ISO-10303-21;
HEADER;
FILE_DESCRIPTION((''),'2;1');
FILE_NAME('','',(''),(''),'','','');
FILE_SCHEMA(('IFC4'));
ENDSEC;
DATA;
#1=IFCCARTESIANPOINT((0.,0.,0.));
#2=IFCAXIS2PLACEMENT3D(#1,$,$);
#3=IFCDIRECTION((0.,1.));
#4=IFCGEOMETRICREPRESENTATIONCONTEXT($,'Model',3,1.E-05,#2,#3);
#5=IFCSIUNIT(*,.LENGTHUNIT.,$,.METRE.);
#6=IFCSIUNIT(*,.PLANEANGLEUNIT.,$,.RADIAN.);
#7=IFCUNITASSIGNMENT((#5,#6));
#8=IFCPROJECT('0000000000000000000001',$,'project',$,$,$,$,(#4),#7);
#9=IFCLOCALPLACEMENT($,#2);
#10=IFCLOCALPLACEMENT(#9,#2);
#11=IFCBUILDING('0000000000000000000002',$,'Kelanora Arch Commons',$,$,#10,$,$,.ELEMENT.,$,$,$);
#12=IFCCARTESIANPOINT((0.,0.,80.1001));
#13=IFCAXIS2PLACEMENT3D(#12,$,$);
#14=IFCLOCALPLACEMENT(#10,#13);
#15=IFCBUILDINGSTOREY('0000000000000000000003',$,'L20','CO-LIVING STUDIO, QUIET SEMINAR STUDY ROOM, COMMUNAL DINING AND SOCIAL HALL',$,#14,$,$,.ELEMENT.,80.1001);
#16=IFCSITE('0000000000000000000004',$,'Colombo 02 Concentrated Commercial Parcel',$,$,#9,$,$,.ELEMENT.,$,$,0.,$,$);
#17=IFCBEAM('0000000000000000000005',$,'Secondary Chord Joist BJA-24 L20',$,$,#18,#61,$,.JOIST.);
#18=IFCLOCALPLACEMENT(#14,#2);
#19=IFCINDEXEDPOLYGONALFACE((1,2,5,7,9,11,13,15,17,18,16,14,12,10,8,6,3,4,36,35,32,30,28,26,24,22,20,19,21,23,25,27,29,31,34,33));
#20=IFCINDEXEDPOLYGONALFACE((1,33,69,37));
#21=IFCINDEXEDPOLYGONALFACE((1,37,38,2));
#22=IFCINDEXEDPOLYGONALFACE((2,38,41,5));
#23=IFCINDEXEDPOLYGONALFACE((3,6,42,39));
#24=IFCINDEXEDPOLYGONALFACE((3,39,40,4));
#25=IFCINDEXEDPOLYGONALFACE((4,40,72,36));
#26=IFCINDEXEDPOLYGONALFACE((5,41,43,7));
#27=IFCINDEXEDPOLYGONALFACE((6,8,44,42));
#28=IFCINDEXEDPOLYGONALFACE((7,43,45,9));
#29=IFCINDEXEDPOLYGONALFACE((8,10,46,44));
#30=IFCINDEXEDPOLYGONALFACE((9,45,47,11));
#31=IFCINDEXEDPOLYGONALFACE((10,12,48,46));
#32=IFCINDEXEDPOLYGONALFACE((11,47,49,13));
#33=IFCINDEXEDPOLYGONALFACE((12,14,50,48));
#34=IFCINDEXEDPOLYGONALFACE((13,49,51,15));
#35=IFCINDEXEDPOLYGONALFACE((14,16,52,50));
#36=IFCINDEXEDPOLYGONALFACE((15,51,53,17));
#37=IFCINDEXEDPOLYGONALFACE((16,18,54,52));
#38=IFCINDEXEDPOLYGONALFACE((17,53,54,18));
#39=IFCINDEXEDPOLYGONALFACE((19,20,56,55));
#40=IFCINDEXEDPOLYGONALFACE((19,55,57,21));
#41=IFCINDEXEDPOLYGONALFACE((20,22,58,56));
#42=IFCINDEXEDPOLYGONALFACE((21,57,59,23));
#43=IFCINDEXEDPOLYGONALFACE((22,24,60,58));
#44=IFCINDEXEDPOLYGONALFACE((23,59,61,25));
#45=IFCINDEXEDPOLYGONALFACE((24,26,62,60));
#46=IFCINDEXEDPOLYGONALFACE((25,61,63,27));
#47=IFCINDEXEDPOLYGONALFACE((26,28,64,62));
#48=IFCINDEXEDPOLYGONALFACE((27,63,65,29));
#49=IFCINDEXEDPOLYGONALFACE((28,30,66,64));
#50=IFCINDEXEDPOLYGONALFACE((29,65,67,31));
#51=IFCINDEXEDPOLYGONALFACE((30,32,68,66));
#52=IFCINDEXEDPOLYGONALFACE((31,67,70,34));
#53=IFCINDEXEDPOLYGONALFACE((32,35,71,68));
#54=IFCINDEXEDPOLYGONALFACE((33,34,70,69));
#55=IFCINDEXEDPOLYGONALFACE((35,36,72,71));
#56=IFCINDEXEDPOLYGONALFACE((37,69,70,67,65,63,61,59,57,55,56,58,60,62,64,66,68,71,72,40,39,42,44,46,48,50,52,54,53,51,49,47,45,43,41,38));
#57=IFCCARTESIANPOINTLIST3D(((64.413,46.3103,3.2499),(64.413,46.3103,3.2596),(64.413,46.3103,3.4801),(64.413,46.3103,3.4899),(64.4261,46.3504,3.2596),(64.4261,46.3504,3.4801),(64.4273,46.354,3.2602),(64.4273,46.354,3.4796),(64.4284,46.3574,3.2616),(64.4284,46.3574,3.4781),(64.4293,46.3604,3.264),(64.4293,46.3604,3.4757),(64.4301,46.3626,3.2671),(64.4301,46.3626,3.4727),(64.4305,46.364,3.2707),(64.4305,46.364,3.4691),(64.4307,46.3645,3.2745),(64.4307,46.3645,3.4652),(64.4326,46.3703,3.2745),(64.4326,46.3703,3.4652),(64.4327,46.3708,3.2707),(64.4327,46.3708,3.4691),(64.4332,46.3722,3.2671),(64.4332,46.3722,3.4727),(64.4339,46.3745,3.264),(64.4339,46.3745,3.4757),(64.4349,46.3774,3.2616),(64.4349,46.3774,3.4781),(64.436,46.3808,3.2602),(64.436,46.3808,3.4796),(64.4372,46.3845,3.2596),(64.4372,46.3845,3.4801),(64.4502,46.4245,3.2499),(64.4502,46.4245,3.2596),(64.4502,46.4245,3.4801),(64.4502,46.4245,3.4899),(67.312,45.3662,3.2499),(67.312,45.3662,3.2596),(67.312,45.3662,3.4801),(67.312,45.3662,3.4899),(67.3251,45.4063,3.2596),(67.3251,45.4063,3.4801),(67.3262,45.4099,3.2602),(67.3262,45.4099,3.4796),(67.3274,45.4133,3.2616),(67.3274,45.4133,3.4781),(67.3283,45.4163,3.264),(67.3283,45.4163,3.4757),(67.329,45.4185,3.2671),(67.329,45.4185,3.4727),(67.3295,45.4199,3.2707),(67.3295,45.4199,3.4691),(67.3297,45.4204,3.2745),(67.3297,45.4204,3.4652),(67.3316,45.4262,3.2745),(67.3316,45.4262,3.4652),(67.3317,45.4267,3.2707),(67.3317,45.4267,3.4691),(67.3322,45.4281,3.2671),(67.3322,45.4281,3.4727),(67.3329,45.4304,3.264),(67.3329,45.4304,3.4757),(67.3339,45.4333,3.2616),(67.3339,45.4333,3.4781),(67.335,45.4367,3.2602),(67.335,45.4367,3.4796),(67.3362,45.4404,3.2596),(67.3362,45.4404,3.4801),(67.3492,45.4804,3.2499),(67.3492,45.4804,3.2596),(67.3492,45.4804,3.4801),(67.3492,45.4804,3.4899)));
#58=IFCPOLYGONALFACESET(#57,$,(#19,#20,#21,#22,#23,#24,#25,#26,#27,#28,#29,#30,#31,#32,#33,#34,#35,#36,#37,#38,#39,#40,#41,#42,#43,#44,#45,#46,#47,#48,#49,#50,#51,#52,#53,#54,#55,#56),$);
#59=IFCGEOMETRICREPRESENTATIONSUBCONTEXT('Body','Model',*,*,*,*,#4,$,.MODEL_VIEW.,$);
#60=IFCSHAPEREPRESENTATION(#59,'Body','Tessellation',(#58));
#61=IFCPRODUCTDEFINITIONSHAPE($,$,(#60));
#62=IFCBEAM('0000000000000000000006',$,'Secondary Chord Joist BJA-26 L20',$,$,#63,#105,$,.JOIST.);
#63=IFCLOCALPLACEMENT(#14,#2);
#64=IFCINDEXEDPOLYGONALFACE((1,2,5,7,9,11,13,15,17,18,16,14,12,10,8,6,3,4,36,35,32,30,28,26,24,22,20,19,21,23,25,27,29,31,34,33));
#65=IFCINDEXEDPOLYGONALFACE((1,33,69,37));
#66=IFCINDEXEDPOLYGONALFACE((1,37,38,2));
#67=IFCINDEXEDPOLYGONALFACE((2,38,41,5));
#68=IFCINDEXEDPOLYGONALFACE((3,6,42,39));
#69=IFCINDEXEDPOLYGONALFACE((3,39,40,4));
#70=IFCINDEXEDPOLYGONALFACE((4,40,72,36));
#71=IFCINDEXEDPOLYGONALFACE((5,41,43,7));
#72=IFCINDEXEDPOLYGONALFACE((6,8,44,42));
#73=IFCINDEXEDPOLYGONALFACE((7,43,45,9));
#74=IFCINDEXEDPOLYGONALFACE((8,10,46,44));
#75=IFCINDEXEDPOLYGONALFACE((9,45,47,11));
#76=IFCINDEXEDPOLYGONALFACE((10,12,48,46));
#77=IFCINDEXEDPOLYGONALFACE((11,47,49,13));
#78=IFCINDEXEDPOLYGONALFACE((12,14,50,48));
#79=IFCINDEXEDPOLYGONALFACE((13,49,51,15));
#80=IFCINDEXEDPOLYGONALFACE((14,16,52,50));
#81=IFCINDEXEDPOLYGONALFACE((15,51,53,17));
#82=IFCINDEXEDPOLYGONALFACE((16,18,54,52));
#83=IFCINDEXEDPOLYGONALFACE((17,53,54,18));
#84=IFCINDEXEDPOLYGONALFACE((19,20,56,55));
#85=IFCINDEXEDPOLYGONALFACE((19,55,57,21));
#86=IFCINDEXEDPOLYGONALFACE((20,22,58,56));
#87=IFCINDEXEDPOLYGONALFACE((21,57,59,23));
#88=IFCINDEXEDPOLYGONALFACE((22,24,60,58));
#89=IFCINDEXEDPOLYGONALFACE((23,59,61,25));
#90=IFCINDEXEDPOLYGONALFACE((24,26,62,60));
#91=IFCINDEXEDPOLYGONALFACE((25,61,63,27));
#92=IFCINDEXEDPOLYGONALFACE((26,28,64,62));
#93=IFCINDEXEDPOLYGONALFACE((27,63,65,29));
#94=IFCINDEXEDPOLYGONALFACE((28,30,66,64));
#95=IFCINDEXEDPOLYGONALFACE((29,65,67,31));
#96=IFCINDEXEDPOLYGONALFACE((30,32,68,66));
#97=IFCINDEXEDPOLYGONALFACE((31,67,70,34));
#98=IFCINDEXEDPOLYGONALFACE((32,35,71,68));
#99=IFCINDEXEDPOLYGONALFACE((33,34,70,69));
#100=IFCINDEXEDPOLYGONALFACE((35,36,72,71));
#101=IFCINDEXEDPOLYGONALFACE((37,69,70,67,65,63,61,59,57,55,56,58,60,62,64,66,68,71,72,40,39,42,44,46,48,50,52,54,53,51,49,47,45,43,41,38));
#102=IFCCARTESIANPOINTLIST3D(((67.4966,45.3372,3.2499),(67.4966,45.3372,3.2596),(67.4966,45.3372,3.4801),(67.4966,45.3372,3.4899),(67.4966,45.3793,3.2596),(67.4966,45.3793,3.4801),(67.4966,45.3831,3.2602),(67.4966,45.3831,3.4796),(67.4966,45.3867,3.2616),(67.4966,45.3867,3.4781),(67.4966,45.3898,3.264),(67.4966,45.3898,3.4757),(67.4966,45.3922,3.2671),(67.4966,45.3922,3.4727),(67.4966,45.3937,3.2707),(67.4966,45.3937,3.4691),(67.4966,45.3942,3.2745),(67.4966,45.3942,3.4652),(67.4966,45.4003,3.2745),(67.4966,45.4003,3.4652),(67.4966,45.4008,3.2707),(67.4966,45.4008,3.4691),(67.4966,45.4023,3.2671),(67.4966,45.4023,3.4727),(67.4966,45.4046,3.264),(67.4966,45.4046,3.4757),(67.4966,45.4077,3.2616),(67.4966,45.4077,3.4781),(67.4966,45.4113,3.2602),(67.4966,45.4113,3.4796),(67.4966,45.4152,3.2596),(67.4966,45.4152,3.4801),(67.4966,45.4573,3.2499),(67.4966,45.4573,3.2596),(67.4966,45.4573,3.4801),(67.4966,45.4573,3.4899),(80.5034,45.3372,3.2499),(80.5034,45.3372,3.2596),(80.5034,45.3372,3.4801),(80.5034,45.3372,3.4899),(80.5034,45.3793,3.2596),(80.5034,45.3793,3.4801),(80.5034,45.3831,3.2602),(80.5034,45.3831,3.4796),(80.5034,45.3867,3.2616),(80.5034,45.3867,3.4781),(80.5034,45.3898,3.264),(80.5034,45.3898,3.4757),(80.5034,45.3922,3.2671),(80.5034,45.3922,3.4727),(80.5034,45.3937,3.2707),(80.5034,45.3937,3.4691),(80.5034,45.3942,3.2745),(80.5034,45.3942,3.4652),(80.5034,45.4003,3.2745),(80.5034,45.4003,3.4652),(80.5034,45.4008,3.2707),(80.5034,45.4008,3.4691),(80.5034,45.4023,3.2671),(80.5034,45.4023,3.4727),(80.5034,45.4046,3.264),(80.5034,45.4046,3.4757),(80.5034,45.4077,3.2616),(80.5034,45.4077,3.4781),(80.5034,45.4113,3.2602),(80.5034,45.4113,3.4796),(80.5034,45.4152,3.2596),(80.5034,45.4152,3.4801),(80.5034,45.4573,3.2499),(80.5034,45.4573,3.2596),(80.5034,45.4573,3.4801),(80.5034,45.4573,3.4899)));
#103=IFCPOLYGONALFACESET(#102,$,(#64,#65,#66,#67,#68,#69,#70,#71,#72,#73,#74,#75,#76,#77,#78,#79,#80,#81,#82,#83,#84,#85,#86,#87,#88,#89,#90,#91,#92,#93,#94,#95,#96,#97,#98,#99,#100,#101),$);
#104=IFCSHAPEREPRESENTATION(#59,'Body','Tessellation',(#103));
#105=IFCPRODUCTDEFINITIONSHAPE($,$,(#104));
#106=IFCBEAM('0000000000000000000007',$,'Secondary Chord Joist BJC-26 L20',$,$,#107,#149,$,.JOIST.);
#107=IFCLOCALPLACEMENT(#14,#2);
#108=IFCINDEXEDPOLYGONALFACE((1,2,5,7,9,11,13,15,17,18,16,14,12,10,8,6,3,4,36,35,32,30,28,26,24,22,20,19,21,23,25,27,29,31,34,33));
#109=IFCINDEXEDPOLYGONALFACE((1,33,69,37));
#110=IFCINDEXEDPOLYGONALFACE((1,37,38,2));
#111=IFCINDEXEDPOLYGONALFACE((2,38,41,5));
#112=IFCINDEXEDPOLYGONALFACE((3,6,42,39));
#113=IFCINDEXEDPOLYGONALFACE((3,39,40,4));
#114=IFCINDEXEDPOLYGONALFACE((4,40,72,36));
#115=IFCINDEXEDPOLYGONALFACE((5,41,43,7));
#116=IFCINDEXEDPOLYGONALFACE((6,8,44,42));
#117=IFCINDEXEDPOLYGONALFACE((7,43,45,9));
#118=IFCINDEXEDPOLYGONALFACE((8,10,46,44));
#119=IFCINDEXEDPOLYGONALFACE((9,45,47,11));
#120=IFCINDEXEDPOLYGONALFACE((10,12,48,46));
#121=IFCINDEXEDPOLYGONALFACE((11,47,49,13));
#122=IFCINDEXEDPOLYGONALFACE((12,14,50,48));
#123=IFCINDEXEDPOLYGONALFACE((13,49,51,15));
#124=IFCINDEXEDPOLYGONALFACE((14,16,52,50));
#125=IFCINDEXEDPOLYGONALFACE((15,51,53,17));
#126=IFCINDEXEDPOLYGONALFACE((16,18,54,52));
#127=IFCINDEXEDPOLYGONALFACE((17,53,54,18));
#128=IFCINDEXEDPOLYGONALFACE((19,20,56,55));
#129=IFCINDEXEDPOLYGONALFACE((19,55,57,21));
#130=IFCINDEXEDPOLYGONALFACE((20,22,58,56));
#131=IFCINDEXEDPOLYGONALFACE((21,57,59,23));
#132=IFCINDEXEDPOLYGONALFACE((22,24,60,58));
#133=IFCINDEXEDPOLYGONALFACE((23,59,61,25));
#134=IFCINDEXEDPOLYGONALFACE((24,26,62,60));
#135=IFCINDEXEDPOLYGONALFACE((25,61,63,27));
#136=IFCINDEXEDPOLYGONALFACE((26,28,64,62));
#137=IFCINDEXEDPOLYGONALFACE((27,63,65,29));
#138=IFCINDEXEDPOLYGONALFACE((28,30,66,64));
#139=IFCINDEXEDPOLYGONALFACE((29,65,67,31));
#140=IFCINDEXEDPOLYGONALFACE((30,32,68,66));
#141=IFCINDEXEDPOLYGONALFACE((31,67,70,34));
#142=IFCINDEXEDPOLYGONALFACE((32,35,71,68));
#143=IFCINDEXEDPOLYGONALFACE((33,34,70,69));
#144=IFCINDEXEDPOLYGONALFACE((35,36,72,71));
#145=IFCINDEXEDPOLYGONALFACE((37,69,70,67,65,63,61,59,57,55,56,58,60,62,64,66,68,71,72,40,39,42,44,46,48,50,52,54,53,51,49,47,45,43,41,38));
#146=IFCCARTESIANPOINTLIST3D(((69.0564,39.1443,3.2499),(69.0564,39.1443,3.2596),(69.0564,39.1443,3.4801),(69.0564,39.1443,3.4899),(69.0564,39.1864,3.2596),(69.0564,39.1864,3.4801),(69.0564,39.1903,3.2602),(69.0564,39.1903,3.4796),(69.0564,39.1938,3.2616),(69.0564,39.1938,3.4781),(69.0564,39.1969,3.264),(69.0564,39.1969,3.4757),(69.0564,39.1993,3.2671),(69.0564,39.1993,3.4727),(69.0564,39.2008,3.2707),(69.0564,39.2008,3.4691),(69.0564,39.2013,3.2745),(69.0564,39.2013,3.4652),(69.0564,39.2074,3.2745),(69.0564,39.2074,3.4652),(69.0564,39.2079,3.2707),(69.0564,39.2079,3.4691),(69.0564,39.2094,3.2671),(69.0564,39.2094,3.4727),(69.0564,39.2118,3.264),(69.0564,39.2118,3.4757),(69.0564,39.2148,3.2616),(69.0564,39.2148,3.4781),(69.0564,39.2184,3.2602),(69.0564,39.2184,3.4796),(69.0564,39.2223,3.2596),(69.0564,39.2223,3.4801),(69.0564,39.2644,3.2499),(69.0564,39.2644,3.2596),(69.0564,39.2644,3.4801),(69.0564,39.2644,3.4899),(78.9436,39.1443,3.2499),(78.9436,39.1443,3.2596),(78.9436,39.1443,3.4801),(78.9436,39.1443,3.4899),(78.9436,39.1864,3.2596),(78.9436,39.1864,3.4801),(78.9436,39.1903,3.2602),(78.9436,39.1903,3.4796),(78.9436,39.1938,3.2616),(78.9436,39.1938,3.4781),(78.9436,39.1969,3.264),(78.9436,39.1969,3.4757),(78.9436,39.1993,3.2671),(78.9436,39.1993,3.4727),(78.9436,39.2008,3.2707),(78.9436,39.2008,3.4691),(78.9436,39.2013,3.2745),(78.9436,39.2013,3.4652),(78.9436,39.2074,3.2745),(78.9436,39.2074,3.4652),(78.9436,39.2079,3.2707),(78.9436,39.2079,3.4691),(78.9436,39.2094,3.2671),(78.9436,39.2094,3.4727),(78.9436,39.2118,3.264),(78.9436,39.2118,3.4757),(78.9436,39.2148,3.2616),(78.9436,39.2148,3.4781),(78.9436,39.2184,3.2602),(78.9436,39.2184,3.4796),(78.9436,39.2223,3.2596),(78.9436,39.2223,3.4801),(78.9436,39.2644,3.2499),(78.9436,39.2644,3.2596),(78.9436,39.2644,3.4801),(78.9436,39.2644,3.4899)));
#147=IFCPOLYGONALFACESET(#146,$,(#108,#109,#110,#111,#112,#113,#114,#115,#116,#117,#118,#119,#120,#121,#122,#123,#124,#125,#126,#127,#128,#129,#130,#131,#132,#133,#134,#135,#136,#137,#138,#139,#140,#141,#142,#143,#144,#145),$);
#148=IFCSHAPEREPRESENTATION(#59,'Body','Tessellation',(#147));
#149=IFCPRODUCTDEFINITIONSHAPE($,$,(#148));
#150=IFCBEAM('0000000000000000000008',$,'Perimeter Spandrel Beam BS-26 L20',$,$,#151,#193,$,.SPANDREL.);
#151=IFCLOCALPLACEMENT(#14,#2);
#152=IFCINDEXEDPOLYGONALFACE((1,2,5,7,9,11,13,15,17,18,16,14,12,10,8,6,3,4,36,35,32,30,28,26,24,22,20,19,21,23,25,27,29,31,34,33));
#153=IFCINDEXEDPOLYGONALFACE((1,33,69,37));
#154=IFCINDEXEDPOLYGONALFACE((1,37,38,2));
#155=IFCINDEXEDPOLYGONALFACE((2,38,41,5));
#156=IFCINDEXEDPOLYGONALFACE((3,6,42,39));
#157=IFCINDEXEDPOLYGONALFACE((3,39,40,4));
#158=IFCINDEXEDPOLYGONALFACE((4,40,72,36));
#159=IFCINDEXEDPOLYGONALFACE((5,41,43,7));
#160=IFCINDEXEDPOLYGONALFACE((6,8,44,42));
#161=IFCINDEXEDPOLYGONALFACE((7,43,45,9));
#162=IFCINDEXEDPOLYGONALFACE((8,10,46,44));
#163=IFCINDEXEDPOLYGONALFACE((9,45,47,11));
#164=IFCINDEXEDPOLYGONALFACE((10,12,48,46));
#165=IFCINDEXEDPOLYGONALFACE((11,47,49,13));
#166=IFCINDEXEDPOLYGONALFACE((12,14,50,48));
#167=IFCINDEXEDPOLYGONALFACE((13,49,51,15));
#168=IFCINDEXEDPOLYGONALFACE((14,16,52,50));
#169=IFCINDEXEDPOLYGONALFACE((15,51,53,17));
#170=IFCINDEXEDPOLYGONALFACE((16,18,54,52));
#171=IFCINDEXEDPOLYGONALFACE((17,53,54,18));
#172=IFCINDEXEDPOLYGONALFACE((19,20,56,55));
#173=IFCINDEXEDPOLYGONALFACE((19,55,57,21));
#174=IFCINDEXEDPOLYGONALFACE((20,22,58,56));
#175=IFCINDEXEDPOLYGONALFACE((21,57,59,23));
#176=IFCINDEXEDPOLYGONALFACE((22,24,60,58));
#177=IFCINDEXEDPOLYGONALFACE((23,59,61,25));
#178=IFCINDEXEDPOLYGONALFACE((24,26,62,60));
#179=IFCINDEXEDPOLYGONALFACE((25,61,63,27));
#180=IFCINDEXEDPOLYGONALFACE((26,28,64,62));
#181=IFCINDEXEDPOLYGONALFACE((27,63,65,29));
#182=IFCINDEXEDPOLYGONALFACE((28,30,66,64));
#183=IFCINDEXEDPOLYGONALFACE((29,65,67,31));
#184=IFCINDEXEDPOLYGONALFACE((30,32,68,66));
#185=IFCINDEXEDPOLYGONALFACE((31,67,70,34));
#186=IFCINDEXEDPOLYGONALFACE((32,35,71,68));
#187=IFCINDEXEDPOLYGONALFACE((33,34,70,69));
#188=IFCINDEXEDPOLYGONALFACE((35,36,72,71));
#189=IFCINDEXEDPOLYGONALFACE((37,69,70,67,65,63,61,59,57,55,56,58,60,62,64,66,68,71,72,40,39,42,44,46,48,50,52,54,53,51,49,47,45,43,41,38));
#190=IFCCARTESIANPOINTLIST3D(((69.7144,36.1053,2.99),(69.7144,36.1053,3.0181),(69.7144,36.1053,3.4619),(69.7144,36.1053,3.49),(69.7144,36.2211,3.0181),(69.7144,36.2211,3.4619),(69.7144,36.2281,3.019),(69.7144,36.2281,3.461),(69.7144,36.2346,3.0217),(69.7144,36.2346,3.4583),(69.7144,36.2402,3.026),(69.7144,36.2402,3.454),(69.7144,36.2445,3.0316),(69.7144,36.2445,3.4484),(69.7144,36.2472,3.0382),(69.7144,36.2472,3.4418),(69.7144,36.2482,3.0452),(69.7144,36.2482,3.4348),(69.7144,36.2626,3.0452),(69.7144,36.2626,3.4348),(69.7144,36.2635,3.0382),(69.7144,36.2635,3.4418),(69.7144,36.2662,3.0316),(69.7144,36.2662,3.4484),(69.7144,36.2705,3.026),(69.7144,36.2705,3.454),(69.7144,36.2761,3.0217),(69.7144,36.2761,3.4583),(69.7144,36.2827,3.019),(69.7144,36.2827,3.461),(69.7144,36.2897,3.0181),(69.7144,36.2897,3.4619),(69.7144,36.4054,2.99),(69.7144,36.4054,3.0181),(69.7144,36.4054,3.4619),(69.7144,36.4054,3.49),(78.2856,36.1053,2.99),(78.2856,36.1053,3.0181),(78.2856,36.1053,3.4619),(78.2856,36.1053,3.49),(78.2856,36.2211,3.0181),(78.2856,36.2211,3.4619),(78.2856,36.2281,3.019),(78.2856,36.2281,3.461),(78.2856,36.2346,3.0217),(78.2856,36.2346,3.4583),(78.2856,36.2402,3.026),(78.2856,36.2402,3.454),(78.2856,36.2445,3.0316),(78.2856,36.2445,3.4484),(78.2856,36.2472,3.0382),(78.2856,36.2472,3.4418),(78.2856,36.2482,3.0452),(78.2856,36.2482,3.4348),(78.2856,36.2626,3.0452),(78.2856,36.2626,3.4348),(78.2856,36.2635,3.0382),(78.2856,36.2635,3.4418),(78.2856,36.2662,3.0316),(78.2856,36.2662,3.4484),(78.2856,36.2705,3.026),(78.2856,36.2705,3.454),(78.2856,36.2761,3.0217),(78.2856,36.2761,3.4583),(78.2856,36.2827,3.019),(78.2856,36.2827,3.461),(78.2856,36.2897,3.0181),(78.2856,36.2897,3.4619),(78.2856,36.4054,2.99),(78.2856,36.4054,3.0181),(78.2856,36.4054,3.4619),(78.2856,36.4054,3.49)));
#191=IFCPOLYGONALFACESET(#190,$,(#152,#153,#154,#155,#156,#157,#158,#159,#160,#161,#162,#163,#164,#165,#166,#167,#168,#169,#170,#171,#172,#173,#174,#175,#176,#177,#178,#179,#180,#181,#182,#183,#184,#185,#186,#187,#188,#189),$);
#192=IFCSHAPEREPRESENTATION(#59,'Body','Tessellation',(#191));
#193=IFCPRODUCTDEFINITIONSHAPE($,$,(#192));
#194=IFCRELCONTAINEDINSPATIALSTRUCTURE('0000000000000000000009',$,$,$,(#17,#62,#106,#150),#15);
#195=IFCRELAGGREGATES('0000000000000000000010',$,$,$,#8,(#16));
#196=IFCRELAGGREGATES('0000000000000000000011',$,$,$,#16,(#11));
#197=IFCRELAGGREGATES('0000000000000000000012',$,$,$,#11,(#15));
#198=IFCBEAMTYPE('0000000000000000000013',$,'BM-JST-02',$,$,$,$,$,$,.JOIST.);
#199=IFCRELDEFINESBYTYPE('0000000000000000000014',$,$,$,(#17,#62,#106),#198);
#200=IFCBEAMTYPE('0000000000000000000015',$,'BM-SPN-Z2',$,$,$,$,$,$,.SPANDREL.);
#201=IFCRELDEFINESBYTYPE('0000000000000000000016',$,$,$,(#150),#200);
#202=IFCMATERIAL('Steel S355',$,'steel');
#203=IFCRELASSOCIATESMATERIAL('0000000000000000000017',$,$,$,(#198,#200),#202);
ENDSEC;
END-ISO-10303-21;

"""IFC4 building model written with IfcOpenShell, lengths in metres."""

from ifc_helpers import new_model, si_unit, direction, frame, origin, origin_2d, place, context, subcontext, project, spatial, i_section, extrude, material, material_profile, profile_set, type_object, element, save


model = new_model("IFC4")

# Units and contexts
model_context = context("Model", 3, precision=1e-05, world=origin(), true_north=direction((0.0, 1.0)))
body_context = subcontext(model_context, "Body", "Model", "MODEL_VIEW")
ifc_project = project(units=[si_unit("LENGTHUNIT", "METRE"), si_unit("PLANEANGLEUNIT", "RADIAN")], contexts=[model_context])

# Site, building, storey
site_placement = place(None, origin())
site = spatial("IfcSite", under=ifc_project, at=site_placement, Name="Colombo 02 Concentrated Commercial Parcel", CompositionType="ELEMENT", RefElevation=0.0)
building_placement = place(site_placement, origin())
building = spatial("IfcBuilding", under=site, at=building_placement, Name="Kelanora Arch Commons", CompositionType="ELEMENT")
storey_placement = place(building_placement, frame((0.0, 0.0, 80.1001)))
storey = spatial("IfcBuildingStorey", under=building, at=storey_placement, Name="L20", Description="CO-LIVING STUDIO, QUIET SEMINAR STUDY ROOM, COMMUNAL DINING AND SOCIAL HALL", CompositionType="ELEMENT", Elevation=80.1001)

# Beams
ifc_material_1 = material(Name="Steel S355", Category="steel")
ifc_material_profile_1 = material_profile(ifc_material_1, i_section(OverallWidth=0.1201, OverallDepth=0.24, WebThickness=0.0061, FlangeThickness=0.0098, FilletRadius=0.0149, at=origin_2d()), Name="IPE240")
ifc_profile_set_1 = profile_set([ifc_material_profile_1], Name="Steel S355")
beam_type_1 = type_object("IfcBeamType", Name="BM-JST-02", PredefinedType="JOIST", material=ifc_profile_set_1)
beam_1_placement = place(storey_placement, frame((64.4316, 46.3674, 3.3699), z_axis=(0.950847, -0.309662, 0.0), x_axis=(0.309662, 0.950847, 0.0)))
element("IfcBeam", 1, at=beam_1_placement, inside=storey, type_object=beam_type_1, Name="Secondary Chord Joist BJA-24 L20", PredefinedType="JOIST", context=body_context, shape_type="SweptSolid", body=[
    extrude(i_section(OverallWidth=0.1201, OverallDepth=0.24, WebThickness=0.0061, FlangeThickness=0.0098, FilletRadius=0.0149, at=origin_2d()), origin(), (0.0, 0.0, 1.0), 3.0488),
])
beam_2_placement = place(storey_placement, frame((67.4966, 45.3972, 3.3699), z_axis=(1.0, 0.0, 0.0), x_axis=(0.0, 1.0, 0.0)))
element("IfcBeam", 2, at=beam_2_placement, inside=storey, type_object=beam_type_1, Name="Secondary Chord Joist BJA-26 L20", PredefinedType="JOIST", context=body_context, shape_type="SweptSolid", body=[
    extrude(i_section(OverallWidth=0.1201, OverallDepth=0.24, WebThickness=0.0061, FlangeThickness=0.0098, FilletRadius=0.0149, at=origin_2d()), origin(), (0.0, 0.0, 1.0), 13.0068),
])
beam_3_placement = place(storey_placement, frame((69.0564, 39.2043, 3.3699), z_axis=(1.0, 0.0, 0.0), x_axis=(0.0, 1.0, 0.0)))
element("IfcBeam", 3, at=beam_3_placement, inside=storey, type_object=beam_type_1, Name="Secondary Chord Joist BJC-26 L20", PredefinedType="JOIST", context=body_context, shape_type="SweptSolid", body=[
    extrude(i_section(OverallWidth=0.1201, OverallDepth=0.24, WebThickness=0.0061, FlangeThickness=0.0098, FilletRadius=0.0149, at=origin_2d()), origin(), (0.0, 0.0, 1.0), 9.8872),
])
ifc_material_profile_2 = material_profile(ifc_material_1, i_section(OverallWidth=0.3, OverallDepth=0.5, WebThickness=0.0144, FlangeThickness=0.0281, FilletRadius=0.0271, at=origin_2d()), Name="HEB500")
ifc_profile_set_2 = profile_set([ifc_material_profile_2], Name="Steel S355")
beam_type_2 = type_object("IfcBeamType", Name="BM-SPN-Z2", PredefinedType="SPANDREL", material=ifc_profile_set_2)
beam_4_placement = place(storey_placement, frame((69.7144, 36.2554, 3.24), z_axis=(1.0, 0.0, 0.0), x_axis=(0.0, 1.0, 0.0)))
element("IfcBeam", 4, at=beam_4_placement, inside=storey, type_object=beam_type_2, Name="Perimeter Spandrel Beam BS-26 L20", PredefinedType="SPANDREL", context=body_context, shape_type="SweptSolid", body=[
    extrude(i_section(OverallWidth=0.3, OverallDepth=0.5, WebThickness=0.0144, FlangeThickness=0.0281, FilletRadius=0.0271, at=origin_2d()), origin(), (0.0, 0.0, 1.0), 8.5713),
])

save(model, "model.ifc")
